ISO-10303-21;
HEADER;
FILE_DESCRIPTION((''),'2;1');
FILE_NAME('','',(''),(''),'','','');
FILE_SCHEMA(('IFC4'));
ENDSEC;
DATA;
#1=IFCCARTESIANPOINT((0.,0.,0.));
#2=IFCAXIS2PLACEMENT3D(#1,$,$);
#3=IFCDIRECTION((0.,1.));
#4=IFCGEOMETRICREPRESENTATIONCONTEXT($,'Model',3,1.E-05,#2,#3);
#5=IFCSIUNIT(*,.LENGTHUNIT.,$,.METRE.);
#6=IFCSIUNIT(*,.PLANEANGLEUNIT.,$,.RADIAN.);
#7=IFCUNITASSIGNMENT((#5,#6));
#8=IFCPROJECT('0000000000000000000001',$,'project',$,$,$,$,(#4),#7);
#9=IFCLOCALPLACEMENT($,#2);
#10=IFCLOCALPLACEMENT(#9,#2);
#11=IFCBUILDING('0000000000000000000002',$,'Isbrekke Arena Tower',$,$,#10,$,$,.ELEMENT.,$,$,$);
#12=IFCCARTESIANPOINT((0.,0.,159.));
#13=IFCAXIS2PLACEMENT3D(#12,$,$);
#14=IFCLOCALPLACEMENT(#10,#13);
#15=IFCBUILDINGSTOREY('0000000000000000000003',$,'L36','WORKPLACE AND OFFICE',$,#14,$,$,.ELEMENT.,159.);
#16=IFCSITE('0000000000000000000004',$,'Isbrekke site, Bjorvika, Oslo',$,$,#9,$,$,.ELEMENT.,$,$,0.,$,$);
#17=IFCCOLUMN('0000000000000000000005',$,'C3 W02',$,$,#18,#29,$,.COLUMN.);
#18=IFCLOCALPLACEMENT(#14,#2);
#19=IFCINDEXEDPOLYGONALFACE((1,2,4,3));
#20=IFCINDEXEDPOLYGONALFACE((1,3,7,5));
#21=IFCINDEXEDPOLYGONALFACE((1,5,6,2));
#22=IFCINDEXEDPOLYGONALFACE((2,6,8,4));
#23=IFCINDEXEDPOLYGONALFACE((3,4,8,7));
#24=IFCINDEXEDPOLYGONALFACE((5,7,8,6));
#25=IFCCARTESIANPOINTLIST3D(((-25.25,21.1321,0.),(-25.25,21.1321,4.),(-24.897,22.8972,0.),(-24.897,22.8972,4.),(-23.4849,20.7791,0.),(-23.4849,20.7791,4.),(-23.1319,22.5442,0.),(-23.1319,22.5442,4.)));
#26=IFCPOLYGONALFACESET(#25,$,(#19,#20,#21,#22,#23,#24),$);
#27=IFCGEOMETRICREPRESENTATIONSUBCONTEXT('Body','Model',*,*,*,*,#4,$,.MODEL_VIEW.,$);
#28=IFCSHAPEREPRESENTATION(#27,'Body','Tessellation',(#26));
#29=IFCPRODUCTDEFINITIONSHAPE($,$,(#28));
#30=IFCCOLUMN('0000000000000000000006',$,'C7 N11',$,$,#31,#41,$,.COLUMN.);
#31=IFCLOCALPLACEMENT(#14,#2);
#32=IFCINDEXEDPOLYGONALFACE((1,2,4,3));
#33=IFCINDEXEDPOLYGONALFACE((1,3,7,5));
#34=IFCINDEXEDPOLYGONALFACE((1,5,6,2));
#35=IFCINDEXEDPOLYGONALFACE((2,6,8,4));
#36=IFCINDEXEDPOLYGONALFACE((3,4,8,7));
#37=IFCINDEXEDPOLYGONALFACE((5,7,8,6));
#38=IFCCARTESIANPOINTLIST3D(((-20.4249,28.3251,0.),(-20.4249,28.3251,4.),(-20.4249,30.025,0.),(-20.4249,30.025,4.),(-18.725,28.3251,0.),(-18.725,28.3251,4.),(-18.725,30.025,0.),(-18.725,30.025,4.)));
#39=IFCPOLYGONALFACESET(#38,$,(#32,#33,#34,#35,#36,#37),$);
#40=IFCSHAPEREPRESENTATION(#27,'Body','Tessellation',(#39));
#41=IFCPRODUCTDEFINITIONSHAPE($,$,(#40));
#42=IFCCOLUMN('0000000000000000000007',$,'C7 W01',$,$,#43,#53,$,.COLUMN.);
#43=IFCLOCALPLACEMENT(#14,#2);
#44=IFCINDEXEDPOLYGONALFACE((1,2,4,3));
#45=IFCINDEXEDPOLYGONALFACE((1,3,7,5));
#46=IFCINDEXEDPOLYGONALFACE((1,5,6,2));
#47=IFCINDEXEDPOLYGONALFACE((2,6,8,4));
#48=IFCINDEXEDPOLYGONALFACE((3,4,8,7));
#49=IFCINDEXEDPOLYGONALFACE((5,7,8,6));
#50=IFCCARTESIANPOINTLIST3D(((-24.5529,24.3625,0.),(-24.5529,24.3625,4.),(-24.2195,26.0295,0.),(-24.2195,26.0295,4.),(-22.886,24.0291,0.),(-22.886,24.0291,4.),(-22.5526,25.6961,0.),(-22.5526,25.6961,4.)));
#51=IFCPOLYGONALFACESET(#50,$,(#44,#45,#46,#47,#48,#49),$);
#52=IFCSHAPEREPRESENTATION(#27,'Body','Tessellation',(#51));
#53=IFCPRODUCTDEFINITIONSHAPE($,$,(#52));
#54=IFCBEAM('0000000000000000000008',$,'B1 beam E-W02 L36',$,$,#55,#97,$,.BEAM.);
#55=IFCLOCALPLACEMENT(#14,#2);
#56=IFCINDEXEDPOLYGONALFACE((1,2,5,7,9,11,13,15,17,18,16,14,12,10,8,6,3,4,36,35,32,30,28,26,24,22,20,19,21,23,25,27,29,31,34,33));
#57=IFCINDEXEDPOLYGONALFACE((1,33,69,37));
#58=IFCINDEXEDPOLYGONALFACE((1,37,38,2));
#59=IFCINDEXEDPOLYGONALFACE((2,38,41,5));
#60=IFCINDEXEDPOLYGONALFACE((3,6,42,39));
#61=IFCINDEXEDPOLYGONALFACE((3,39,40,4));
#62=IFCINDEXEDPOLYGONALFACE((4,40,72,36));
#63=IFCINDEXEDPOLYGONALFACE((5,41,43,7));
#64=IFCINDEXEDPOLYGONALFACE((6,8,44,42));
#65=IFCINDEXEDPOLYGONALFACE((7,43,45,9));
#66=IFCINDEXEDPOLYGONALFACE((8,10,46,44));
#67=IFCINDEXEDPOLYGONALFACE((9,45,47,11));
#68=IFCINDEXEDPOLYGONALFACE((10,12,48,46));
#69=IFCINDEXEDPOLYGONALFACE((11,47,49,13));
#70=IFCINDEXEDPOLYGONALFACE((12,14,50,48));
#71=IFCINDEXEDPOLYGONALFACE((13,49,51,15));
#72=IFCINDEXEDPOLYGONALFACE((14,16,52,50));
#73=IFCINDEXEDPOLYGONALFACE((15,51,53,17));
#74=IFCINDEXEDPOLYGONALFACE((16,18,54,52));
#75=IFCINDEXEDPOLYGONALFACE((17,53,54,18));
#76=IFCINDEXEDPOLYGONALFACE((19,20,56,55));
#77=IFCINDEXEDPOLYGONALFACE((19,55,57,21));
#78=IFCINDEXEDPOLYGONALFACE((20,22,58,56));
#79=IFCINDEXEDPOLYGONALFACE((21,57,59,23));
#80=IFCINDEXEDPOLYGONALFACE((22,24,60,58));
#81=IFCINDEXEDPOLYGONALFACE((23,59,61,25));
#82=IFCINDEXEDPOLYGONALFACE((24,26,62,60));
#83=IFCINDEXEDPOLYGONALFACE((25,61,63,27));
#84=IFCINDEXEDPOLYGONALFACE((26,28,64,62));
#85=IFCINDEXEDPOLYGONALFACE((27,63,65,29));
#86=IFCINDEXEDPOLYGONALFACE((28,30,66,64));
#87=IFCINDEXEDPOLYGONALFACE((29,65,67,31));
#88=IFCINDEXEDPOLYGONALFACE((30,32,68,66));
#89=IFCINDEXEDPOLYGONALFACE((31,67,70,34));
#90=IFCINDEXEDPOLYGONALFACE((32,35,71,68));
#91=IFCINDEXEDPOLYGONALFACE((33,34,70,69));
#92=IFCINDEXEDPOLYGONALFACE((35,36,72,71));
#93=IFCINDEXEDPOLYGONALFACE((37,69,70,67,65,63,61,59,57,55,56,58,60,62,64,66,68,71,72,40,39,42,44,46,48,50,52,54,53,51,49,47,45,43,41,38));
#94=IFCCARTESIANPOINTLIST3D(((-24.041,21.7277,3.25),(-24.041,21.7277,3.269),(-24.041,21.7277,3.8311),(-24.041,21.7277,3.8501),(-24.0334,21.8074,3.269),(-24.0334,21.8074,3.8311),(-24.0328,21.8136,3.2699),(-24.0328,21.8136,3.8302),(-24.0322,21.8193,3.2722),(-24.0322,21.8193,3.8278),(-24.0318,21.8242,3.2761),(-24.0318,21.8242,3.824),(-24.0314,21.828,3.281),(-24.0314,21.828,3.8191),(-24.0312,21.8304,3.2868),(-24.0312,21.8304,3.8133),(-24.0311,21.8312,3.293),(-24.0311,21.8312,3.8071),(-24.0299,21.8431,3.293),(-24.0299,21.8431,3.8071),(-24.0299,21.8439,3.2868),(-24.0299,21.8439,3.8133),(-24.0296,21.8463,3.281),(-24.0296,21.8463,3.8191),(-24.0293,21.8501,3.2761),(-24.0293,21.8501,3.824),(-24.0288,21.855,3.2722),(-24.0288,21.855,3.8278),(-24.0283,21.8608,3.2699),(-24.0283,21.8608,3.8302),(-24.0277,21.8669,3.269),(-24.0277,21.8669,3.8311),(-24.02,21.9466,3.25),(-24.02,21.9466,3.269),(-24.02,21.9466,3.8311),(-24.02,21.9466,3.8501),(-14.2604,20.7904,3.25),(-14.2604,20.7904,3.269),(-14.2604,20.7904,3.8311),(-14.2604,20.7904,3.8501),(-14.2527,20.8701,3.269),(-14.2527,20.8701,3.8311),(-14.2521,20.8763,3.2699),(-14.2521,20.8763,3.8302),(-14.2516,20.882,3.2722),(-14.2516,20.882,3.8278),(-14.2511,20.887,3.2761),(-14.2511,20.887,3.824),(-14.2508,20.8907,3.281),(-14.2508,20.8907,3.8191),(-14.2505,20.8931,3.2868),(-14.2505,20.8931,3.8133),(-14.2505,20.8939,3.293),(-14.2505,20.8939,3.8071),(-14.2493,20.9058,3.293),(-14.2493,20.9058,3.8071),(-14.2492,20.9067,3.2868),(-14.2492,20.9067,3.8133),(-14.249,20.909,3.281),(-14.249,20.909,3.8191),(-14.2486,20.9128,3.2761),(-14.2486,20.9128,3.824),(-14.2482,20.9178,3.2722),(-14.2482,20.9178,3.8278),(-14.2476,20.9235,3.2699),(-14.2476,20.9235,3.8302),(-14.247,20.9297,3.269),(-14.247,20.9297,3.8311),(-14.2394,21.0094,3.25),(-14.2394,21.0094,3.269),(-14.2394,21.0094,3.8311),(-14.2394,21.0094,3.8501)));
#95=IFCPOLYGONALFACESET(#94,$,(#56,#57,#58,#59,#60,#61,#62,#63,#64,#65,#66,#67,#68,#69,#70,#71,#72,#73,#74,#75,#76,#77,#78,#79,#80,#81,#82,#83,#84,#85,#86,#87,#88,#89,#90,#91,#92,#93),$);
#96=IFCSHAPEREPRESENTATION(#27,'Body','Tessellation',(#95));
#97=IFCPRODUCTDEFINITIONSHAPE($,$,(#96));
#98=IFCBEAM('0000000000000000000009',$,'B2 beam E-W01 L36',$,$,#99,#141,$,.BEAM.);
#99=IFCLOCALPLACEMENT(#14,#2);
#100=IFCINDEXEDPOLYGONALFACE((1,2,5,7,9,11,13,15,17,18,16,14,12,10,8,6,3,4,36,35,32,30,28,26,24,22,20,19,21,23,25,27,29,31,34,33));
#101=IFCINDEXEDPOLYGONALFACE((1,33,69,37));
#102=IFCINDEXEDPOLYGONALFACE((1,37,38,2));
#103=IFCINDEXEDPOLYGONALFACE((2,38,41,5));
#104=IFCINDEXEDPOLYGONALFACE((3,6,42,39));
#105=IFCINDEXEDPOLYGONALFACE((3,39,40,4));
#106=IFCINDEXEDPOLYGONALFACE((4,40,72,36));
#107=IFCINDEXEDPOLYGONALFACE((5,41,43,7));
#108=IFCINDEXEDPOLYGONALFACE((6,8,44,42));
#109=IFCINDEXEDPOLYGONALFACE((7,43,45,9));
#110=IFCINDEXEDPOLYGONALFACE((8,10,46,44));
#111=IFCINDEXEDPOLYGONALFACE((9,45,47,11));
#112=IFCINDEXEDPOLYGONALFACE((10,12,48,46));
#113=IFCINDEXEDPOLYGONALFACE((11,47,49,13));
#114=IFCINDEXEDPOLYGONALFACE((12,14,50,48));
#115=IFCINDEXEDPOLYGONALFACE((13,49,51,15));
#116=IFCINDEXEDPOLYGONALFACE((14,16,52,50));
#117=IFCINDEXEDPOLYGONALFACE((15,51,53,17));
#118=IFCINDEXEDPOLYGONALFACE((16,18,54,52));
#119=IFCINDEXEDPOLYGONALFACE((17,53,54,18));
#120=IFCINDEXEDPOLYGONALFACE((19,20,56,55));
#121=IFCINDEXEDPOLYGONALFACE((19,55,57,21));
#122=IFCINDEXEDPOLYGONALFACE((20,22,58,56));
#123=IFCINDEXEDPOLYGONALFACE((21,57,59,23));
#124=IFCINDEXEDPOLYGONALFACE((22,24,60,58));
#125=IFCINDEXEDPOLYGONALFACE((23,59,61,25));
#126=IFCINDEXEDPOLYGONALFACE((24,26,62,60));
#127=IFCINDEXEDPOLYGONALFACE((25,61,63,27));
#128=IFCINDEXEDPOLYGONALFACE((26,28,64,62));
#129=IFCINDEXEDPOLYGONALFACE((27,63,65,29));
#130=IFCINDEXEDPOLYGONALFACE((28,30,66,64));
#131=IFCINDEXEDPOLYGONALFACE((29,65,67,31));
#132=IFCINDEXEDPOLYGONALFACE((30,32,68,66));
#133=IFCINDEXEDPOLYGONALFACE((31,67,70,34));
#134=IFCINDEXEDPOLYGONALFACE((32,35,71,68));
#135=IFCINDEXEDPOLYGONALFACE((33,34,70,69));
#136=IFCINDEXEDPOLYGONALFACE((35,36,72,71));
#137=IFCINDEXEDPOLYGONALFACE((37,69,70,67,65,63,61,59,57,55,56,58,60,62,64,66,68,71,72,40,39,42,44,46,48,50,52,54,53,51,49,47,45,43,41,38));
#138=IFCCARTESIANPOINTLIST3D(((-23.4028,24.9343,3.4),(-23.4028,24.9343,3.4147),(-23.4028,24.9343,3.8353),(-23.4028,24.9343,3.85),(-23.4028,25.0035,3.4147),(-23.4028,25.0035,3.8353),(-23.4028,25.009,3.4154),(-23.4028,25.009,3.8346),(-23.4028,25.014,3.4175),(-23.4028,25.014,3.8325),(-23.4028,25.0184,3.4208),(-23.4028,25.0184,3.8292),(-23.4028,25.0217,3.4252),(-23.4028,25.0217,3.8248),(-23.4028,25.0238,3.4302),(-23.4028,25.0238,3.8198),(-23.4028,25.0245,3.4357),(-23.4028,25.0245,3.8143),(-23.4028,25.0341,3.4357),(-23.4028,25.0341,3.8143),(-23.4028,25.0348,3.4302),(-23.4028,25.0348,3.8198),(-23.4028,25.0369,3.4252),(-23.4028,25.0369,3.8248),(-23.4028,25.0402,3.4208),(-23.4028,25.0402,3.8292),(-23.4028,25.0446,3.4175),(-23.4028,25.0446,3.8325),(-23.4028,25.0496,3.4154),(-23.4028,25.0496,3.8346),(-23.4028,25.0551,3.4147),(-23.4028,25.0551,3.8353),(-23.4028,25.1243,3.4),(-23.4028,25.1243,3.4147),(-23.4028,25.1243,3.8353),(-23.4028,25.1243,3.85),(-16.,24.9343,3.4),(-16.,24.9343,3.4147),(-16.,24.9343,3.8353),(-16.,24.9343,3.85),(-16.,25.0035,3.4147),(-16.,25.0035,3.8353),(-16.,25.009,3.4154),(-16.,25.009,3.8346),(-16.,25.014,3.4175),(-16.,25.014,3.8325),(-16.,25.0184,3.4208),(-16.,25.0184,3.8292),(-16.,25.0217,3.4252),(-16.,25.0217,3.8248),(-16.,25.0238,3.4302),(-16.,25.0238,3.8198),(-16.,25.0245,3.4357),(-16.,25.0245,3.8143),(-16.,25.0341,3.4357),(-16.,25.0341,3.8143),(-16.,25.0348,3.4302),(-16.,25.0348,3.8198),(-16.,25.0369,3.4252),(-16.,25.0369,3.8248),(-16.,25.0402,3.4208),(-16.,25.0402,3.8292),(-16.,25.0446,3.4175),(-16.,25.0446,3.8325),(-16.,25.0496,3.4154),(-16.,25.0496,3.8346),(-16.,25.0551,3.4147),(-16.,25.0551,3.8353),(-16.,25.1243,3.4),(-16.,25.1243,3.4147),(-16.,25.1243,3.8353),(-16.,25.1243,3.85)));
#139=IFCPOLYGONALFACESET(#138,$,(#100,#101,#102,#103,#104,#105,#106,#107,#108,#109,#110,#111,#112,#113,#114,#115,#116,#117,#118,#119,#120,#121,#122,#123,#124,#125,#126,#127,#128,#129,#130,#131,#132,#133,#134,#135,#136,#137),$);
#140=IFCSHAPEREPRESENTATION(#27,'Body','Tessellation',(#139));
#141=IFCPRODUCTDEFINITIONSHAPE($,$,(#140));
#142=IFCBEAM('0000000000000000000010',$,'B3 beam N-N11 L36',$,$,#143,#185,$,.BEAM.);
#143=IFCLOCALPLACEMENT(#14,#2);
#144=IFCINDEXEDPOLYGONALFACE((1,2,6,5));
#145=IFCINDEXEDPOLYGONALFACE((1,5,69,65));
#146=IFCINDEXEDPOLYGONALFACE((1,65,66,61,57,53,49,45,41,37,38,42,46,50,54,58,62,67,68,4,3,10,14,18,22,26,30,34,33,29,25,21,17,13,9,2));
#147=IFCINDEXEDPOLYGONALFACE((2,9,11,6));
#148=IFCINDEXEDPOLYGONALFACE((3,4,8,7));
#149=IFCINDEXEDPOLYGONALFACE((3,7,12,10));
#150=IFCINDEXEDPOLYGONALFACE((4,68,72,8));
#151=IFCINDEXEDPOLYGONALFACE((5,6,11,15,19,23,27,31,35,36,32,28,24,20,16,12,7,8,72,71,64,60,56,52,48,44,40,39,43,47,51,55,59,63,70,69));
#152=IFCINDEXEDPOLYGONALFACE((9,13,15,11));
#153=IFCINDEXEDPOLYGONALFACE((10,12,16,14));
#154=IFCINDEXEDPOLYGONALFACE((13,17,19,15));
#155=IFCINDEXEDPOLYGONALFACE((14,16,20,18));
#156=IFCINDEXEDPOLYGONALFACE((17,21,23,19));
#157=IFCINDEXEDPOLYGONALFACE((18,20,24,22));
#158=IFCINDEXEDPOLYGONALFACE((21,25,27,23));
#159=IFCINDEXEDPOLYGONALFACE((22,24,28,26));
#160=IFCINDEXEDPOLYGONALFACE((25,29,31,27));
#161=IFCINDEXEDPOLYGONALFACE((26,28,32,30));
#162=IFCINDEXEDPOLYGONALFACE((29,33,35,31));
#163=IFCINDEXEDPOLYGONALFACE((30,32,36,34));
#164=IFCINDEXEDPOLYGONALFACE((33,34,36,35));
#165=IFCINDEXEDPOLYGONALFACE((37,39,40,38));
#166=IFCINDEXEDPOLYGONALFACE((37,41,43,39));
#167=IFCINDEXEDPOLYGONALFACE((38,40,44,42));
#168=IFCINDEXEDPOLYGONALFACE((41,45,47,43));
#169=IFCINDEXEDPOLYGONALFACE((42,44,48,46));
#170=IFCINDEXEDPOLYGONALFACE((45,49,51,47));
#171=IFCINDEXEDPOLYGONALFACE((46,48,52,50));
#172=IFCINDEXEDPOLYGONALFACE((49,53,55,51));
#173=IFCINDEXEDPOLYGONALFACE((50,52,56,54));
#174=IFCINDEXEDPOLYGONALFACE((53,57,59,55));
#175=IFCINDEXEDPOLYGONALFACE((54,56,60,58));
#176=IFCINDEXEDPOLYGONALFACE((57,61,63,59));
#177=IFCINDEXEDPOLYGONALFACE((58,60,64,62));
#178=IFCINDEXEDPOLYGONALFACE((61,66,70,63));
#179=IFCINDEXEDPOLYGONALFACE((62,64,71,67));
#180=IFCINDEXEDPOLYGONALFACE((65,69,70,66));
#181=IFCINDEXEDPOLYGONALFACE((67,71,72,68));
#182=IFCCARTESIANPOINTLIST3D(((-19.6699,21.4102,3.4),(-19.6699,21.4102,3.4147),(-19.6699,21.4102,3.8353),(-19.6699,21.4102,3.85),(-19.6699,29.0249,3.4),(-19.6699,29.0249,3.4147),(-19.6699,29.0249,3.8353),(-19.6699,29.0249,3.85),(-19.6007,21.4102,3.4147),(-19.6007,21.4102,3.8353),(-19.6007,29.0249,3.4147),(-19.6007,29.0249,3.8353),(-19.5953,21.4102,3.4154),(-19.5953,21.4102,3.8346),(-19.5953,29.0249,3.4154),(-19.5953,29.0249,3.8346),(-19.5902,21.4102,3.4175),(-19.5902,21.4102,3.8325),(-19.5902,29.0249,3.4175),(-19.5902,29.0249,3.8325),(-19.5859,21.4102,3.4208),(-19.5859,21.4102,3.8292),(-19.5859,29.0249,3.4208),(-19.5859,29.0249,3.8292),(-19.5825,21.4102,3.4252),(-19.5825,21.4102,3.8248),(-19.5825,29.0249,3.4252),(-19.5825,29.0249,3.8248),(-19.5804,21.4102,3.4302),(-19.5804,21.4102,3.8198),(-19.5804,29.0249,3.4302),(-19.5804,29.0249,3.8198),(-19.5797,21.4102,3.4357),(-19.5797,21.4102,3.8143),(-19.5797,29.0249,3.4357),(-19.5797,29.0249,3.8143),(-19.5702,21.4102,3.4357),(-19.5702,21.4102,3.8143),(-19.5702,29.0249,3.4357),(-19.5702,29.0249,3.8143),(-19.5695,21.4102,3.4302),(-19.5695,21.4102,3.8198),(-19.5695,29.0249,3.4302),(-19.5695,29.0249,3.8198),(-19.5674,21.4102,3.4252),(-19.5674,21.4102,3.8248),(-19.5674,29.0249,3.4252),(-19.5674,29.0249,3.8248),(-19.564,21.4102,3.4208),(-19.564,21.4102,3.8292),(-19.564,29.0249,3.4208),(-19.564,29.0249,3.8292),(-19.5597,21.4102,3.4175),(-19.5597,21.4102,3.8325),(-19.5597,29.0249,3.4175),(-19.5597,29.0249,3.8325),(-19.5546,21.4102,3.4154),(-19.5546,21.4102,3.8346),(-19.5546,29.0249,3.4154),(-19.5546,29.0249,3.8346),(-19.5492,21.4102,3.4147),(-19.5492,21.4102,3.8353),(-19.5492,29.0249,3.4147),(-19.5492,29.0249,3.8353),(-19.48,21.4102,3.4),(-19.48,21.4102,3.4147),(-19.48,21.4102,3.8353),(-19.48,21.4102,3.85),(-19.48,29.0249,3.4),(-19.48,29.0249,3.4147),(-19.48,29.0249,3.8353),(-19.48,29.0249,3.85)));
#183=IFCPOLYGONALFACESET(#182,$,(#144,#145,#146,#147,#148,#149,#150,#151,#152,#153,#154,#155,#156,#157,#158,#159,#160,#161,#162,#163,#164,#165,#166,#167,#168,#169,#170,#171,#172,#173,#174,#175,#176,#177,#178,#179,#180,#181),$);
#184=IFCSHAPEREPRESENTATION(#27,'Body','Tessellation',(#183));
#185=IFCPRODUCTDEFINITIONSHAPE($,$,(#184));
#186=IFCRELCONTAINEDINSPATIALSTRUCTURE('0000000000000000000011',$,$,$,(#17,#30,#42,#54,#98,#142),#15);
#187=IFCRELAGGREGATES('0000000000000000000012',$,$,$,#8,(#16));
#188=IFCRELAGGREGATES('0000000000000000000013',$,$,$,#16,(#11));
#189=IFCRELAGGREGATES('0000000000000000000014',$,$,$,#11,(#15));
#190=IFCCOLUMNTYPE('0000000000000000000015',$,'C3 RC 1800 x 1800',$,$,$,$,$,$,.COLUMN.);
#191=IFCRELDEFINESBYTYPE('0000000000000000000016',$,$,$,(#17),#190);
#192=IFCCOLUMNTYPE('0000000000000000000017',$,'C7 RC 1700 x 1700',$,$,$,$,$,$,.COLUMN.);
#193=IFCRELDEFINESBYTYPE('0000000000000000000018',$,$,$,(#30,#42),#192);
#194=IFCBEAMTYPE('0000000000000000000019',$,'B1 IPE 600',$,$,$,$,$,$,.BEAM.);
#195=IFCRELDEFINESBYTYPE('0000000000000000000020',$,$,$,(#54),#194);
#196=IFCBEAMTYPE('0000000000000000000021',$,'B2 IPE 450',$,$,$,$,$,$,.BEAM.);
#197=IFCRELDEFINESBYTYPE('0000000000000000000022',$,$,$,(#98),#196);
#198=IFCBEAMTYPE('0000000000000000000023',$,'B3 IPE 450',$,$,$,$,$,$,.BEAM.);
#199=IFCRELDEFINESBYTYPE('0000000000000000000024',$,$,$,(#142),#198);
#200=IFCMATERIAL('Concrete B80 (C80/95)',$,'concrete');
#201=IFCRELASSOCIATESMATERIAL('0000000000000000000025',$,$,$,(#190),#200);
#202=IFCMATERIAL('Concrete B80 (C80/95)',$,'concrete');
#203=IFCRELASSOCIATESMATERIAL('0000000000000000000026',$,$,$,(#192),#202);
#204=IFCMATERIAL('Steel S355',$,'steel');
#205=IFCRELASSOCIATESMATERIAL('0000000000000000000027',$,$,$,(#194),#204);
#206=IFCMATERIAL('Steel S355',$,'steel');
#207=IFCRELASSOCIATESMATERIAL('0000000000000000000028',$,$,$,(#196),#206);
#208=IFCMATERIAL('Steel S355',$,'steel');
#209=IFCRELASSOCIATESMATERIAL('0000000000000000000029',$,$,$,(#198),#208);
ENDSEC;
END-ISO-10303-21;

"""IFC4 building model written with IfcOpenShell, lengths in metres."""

from ifc_helpers import new_model, si_unit, direction, frame, origin, origin_2d, place, context, subcontext, project, spatial, rectangle, i_section, extrude, material, material_profile, profile_set, type_object, element, save


model = new_model("IFC4")

# Units and contexts
model_context = context("Model", 3, precision=1e-05, world=origin(), true_north=direction((0.0, 1.0)))
body_context = subcontext(model_context, "Body", "Model", "MODEL_VIEW")
ifc_project = project(units=[si_unit("LENGTHUNIT", "METRE"), si_unit("PLANEANGLEUNIT", "RADIAN")], contexts=[model_context])

# Site, building, storey
site_placement = place(None, origin())
site = spatial("IfcSite", under=ifc_project, at=site_placement, Name="Isbrekke site, Bjorvika, Oslo", CompositionType="ELEMENT", RefElevation=0.0)
building_placement = place(site_placement, origin())
building = spatial("IfcBuilding", under=site, at=building_placement, Name="Isbrekke Arena Tower", CompositionType="ELEMENT")
storey_placement = place(building_placement, frame((0.0, 0.0, 159.0)))
storey = spatial("IfcBuildingStorey", under=building, at=storey_placement, Name="L36", Description="WORKPLACE AND OFFICE", CompositionType="ELEMENT", Elevation=159.0)

# Columns
ifc_material_1 = material(Name="Concrete B80 (C80/95)", Category="concrete")
ifc_material_profile_1 = material_profile(ifc_material_1, rectangle(XDim=1.8, YDim=1.8, at=origin_2d()), Name="RC 1800x1800")
ifc_profile_set_1 = profile_set([ifc_material_profile_1], Name="Concrete B80 (C80/95)")
column_type_1 = type_object("IfcColumnType", Name="C3 RC 1800 x 1800", PredefinedType="COLUMN", material=ifc_profile_set_1)
column_placement = place(storey_placement, frame((-24.1909, 21.8381, 0.0), z_axis=(0.0, 0.0, 1.0), x_axis=(-0.196116, -0.980581, 0.0)))
element("IfcColumn", 1, at=column_placement, inside=storey, type_object=column_type_1, Name="C3 W02", PredefinedType="COLUMN", context=body_context, shape_type="SweptSolid", body=[
    extrude(rectangle(XDim=1.8, YDim=1.8, at=origin_2d()), origin(), (0.0, 0.0, 1.0), 4.0),
])
ifc_material_2 = material(Name="Concrete B80 (C80/95)", Category="concrete")
ifc_material_profile_2 = material_profile(ifc_material_2, rectangle(XDim=1.7, YDim=1.7, at=origin_2d()), Name="RC 1700x1700")
ifc_profile_set_2 = profile_set([ifc_material_profile_2], Name="Concrete B80 (C80/95)")
column_type_2 = type_object("IfcColumnType", Name="C7 RC 1700 x 1700", PredefinedType="COLUMN", material=ifc_profile_set_2)
for number, where, z_axis, x_axis, name in (
    (2, (-19.575, 29.175, 0.0), (0.0, 0.0, 1.0), (-1.0, 0.0, 0.0), "C7 N11"),
    (3, (-23.5527, 25.0293, 0.0), (0.0, 0.0, 1.0), (-0.196116, -0.980581, 0.0), "C7 W01"),
):
    element("IfcColumn", number, at=place(storey_placement, frame(where, z_axis=z_axis, x_axis=x_axis)), inside=storey, type_object=column_type_2, Name=name, PredefinedType="COLUMN", context=body_context, shape_type="SweptSolid", body=[
        extrude(rectangle(XDim=1.7, YDim=1.7, at=origin_2d()), origin(), (0.0, 0.0, 1.0), 4.0),
    ])

# Beams
ifc_material_3 = material(Name="Steel S355", Category="steel")
ifc_material_profile_3 = material_profile(ifc_material_3, i_section(OverallWidth=0.22, OverallDepth=0.6001, WebThickness=0.012, FlangeThickness=0.019, FilletRadius=0.0239, at=origin_2d()), Name="IPE 600")
ifc_profile_set_3 = profile_set([ifc_material_profile_3], Name="Steel S355")
beam_type_1 = type_object("IfcBeamType", Name="B1 IPE 600", PredefinedType="BEAM", material=ifc_profile_set_3)
beam_1_placement = place(storey_placement, frame((-24.0305, 21.8372, 3.55), z_axis=(0.99544, -0.095392, 0.0), x_axis=(0.095392, 0.99544, 0.0)))
element("IfcBeam", 4, at=beam_1_placement, inside=storey, type_object=beam_type_1, Name="B1 beam E-W02 L36", PredefinedType="BEAM", context=body_context, shape_type="SweptSolid", body=[
    extrude(i_section(OverallWidth=0.22, OverallDepth=0.6001, WebThickness=0.012, FlangeThickness=0.019, FilletRadius=0.0239, at=origin_2d()), origin(), (0.0, 0.0, 1.0), 9.8254),
])
ifc_material_4 = material(Name="Steel S355", Category="steel")
ifc_material_profile_4 = material_profile(ifc_material_4, i_section(OverallWidth=0.1899, OverallDepth=0.45, WebThickness=0.0095, FlangeThickness=0.0146, FilletRadius=0.021, at=origin_2d()), Name="IPE 450")
ifc_profile_set_4 = profile_set([ifc_material_profile_4], Name="Steel S355")
beam_type_2 = type_object("IfcBeamType", Name="B2 IPE 450", PredefinedType="BEAM", material=ifc_profile_set_4)
beam_2_placement = place(storey_placement, frame((-23.4028, 25.0293, 3.625), z_axis=(1.0, 0.0, 0.0), x_axis=(0.0, 1.0, 0.0)))
element("IfcBeam", 5, at=beam_2_placement, inside=storey, type_object=beam_type_2, Name="B2 beam E-W01 L36", PredefinedType="BEAM", context=body_context, shape_type="SweptSolid", body=[
    extrude(i_section(OverallWidth=0.1899, OverallDepth=0.45, WebThickness=0.0095, FlangeThickness=0.0146, FilletRadius=0.021, at=origin_2d()), origin(), (0.0, 0.0, 1.0), 7.4028),
])
ifc_material_5 = material(Name="Steel S355", Category="steel")
ifc_material_profile_5 = material_profile(ifc_material_5, i_section(OverallWidth=0.1899, OverallDepth=0.45, WebThickness=0.0095, FlangeThickness=0.0146, FilletRadius=0.021, at=origin_2d()), Name="IPE 450")
ifc_profile_set_5 = profile_set([ifc_material_profile_5], Name="Steel S355")
beam_type_3 = type_object("IfcBeamType", Name="B3 IPE 450", PredefinedType="BEAM", material=ifc_profile_set_5)
beam_3_placement = place(storey_placement, frame((-19.575, 29.0249, 3.625), z_axis=(0.0, -1.0, 0.0), x_axis=(1.0, 0.0, 0.0)))
element("IfcBeam", 6, at=beam_3_placement, inside=storey, type_object=beam_type_3, Name="B3 beam N-N11 L36", PredefinedType="BEAM", context=body_context, shape_type="SweptSolid", body=[
    extrude(i_section(OverallWidth=0.1899, OverallDepth=0.45, WebThickness=0.0095, FlangeThickness=0.0146, FilletRadius=0.021, at=origin_2d()), origin(), (0.0, 0.0, 1.0), 7.6147),
])

save(model, "model.ifc")
